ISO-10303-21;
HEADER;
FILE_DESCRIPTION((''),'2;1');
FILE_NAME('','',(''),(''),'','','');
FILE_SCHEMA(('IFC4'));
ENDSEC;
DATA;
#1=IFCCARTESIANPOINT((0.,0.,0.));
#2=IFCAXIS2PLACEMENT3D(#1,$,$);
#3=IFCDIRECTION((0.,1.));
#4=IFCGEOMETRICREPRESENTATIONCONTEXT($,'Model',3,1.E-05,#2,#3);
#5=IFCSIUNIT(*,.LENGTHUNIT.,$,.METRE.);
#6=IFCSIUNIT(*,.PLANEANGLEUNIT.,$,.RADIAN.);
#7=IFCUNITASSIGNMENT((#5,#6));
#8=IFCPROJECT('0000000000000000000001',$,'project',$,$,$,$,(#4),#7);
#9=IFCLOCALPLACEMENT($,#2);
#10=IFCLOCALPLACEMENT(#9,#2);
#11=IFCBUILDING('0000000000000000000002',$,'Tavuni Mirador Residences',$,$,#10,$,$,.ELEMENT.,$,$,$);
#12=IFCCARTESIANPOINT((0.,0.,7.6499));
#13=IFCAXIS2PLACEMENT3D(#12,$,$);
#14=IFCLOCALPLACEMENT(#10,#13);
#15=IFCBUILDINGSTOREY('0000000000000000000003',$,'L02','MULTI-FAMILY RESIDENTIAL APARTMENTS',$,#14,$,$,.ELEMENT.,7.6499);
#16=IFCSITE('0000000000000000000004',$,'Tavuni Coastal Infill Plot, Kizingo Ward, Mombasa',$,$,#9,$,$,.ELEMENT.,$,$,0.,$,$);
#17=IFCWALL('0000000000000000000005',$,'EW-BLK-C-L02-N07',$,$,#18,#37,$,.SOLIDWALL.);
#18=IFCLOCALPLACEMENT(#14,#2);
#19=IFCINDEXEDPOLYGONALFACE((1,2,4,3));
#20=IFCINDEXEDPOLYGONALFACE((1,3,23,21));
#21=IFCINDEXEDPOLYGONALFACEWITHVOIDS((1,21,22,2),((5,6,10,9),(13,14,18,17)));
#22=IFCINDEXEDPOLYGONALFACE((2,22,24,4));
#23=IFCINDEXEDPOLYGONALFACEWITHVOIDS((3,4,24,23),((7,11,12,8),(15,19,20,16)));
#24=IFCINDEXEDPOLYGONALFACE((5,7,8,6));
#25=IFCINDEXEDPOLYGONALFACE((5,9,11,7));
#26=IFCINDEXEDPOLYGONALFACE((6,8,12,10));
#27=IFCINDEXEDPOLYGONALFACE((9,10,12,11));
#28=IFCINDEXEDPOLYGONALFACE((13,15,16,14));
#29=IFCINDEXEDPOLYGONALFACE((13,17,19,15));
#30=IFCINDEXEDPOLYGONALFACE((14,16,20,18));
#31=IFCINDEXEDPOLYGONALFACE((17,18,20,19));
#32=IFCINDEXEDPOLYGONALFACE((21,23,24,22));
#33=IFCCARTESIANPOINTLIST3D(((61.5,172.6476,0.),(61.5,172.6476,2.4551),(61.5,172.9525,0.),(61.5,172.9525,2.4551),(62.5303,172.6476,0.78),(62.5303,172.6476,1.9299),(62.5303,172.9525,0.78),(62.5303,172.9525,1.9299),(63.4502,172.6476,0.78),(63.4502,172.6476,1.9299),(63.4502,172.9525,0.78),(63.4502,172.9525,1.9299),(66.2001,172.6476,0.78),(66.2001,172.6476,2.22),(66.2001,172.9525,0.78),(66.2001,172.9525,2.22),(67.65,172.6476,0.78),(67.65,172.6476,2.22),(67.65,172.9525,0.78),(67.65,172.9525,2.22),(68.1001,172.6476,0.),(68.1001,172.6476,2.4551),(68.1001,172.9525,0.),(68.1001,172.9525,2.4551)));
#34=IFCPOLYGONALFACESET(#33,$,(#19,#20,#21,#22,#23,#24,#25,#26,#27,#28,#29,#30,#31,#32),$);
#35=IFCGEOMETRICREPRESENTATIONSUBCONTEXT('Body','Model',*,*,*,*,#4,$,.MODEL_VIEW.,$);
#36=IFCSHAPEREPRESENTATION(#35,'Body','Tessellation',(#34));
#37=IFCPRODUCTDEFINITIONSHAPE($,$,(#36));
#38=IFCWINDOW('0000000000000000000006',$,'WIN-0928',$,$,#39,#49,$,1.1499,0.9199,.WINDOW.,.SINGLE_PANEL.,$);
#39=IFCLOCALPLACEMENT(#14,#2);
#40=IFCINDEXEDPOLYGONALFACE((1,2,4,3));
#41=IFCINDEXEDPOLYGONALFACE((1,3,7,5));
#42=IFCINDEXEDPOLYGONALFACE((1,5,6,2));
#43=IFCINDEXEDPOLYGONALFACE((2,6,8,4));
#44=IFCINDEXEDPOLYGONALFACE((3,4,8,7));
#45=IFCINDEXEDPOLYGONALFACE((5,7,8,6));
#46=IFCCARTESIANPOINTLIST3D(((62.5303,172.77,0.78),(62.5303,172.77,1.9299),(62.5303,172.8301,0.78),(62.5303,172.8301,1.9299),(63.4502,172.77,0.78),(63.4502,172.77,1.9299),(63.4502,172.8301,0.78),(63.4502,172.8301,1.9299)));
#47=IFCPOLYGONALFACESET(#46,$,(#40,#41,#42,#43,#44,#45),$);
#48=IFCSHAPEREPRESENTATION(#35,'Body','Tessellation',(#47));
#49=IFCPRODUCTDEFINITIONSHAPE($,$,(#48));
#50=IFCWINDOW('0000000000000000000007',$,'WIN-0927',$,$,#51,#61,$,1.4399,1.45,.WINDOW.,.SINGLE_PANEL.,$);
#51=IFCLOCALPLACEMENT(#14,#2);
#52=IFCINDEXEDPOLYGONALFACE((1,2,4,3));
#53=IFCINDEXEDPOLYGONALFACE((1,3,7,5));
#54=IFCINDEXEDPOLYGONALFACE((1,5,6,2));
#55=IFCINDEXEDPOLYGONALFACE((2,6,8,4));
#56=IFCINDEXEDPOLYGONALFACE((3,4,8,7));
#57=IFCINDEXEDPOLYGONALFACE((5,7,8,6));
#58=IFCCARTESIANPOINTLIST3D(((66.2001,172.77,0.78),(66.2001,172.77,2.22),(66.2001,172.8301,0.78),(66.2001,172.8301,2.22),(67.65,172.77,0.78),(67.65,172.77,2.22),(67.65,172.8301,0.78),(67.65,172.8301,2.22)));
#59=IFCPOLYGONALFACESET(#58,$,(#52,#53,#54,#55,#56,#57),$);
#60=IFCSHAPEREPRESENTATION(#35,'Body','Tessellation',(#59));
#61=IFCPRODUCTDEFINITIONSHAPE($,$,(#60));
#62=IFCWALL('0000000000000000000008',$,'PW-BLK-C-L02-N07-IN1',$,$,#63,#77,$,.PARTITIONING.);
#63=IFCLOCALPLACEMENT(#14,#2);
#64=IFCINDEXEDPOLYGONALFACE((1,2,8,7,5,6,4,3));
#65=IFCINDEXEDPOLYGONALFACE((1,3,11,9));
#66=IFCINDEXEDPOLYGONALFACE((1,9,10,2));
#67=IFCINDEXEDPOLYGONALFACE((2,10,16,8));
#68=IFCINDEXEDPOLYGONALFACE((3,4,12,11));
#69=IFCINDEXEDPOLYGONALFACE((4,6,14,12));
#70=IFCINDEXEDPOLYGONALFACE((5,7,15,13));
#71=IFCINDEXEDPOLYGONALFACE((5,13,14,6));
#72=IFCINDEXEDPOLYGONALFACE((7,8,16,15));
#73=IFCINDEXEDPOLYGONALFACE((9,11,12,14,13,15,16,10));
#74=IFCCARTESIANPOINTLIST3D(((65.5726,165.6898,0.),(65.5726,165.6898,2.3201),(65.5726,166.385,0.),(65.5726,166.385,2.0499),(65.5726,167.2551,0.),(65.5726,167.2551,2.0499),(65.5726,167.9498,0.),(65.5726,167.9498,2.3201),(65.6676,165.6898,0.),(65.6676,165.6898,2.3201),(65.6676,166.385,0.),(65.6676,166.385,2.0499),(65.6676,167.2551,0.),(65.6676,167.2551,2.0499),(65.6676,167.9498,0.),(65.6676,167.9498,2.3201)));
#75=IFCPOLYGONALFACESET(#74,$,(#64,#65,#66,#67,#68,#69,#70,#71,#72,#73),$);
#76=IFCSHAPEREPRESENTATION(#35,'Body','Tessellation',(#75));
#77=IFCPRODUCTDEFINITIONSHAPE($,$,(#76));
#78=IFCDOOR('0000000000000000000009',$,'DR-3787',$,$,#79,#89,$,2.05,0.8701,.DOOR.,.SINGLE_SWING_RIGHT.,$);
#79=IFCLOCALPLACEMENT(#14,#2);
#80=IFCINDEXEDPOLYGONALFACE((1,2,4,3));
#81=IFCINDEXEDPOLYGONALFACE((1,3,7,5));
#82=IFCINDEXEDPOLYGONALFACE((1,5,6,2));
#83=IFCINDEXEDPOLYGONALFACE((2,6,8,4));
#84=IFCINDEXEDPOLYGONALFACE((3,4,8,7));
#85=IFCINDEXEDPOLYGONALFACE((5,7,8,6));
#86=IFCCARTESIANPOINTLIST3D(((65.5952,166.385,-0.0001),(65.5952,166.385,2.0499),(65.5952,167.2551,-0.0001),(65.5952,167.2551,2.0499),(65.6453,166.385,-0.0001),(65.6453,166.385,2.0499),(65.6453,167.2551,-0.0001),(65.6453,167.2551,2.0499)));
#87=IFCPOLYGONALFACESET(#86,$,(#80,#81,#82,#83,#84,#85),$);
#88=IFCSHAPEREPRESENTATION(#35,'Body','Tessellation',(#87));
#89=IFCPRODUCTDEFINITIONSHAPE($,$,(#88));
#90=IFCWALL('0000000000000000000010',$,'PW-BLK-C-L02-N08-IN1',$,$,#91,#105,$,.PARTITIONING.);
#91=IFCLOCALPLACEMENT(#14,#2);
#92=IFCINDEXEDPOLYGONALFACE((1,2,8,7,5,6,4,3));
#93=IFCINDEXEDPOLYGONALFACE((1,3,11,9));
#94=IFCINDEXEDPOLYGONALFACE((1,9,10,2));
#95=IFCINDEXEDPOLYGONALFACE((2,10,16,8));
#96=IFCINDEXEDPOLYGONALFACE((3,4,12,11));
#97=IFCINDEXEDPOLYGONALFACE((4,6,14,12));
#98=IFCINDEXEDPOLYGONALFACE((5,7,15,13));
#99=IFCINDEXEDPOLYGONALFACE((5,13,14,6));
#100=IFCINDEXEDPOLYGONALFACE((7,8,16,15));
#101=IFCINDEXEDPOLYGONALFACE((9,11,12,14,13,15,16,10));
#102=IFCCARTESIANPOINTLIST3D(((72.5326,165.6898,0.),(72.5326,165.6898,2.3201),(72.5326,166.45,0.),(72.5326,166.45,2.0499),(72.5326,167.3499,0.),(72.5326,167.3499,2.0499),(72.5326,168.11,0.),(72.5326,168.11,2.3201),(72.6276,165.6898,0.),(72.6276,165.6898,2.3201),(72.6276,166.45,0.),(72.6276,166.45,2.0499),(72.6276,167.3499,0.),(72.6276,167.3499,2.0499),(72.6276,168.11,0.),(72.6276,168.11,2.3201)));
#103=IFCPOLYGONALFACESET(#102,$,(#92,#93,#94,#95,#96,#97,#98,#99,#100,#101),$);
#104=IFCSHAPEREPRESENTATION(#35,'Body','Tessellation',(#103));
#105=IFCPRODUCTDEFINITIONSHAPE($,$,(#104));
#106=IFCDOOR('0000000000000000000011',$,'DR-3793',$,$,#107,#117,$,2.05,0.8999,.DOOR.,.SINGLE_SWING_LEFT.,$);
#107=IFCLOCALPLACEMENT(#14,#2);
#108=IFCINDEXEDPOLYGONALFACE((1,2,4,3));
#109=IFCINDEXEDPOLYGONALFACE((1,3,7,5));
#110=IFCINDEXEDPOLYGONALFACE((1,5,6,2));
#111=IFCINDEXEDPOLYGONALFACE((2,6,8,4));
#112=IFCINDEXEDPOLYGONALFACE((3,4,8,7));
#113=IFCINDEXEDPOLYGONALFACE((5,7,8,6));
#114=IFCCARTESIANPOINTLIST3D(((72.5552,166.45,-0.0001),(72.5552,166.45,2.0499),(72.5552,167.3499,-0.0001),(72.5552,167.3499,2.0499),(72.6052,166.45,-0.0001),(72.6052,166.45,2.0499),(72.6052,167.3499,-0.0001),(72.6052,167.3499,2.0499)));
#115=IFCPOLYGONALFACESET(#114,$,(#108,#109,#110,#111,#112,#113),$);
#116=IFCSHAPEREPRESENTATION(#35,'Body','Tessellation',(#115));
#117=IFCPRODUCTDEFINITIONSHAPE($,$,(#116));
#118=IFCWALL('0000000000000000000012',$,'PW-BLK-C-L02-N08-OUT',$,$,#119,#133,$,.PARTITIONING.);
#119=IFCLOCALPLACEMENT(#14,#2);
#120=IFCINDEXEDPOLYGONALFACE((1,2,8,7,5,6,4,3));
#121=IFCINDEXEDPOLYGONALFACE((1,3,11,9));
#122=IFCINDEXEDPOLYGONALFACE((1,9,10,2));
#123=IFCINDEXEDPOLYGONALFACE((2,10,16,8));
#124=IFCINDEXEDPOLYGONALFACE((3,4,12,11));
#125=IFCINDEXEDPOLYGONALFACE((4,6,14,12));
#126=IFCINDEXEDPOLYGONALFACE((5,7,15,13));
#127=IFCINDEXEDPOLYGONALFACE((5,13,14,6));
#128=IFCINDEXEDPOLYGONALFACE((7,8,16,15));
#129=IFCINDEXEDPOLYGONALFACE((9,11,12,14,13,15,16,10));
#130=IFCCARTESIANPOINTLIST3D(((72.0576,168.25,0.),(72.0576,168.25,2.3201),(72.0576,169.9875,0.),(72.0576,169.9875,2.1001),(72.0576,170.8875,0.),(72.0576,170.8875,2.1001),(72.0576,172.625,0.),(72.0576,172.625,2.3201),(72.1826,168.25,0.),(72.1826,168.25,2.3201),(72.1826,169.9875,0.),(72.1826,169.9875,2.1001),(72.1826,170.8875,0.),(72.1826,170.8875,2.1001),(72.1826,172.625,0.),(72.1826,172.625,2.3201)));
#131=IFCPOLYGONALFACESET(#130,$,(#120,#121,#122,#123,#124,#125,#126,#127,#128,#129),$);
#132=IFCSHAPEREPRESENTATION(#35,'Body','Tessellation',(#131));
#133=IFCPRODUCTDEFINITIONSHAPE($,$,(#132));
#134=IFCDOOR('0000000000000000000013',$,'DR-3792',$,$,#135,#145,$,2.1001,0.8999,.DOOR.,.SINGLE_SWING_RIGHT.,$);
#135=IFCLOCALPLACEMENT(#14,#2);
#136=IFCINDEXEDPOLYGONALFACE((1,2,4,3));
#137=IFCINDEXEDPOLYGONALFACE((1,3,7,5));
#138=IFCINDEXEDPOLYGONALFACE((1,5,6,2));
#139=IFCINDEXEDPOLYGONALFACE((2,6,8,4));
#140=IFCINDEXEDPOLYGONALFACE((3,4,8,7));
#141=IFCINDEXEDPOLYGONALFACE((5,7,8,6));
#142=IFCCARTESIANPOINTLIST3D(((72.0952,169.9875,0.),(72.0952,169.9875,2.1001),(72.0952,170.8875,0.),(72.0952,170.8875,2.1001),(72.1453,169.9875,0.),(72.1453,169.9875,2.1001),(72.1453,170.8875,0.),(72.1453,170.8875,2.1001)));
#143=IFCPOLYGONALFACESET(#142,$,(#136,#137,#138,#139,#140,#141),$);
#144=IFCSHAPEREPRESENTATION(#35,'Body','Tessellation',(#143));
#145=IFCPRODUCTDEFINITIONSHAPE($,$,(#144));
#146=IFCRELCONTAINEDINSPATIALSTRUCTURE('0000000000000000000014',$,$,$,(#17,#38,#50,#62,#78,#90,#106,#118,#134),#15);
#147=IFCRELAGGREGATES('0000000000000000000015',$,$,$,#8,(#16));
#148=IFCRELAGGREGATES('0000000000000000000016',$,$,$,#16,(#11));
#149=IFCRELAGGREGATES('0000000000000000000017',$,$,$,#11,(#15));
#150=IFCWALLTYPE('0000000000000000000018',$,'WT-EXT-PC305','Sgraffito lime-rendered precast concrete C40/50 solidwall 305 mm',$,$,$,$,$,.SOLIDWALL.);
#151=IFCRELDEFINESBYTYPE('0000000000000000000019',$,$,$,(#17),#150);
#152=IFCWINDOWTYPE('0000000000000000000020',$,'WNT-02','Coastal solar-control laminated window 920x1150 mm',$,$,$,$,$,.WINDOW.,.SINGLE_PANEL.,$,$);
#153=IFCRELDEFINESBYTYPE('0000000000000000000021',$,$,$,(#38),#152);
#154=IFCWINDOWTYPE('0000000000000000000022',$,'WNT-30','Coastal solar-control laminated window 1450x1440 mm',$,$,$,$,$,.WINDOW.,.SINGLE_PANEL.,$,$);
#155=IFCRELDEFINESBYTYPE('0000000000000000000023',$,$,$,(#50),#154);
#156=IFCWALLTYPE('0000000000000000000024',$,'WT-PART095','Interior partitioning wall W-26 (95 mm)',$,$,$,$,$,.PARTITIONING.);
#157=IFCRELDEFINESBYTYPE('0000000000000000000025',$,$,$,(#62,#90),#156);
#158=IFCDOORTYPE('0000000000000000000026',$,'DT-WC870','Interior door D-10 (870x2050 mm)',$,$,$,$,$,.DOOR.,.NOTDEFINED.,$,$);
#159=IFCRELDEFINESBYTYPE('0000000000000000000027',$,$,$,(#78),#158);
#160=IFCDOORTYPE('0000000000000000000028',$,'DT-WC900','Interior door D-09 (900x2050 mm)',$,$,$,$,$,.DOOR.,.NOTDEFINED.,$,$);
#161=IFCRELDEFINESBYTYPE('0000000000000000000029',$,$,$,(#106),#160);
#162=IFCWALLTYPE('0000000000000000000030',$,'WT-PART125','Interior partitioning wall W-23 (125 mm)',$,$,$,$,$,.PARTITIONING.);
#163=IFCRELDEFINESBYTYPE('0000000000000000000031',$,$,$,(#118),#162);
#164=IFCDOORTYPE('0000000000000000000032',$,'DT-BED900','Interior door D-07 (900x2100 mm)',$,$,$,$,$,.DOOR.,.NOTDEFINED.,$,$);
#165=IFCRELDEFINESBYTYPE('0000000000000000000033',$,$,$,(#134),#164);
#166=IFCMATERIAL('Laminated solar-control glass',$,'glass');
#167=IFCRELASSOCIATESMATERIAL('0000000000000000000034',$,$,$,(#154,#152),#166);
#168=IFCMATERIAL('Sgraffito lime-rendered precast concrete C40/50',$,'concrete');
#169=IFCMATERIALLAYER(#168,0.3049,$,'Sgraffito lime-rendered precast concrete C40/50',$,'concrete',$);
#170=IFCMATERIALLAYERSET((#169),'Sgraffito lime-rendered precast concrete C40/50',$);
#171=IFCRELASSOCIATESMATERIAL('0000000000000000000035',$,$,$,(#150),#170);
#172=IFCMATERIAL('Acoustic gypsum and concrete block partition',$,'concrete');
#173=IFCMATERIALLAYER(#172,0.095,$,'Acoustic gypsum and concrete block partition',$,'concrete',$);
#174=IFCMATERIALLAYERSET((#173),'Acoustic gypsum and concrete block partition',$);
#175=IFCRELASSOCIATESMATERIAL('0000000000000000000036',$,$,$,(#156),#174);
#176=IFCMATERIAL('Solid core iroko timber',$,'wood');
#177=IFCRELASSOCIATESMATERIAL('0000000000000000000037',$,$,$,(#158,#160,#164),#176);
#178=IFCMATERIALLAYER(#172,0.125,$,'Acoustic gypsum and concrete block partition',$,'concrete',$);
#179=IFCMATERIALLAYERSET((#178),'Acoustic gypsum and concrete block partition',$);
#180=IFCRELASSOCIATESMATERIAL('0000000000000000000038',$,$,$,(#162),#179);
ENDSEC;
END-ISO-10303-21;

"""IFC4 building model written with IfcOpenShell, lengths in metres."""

from ifc_helpers import new_model, si_unit, direction, frame, frame_2d, origin, place, context, subcontext, project, spatial, rectangle, extrude, material, layer, layer_set, type_object, element, fill, save


model = new_model("IFC4")

# Units and contexts
model_context = context("Model", 3, precision=1e-05, world=origin(), true_north=direction((0.0, 1.0)))
body_context = subcontext(model_context, "Body", "Model", "MODEL_VIEW")
ifc_project = project(units=[si_unit("LENGTHUNIT", "METRE"), si_unit("PLANEANGLEUNIT", "RADIAN")], contexts=[model_context])

# Site, building, storey
site_placement = place(None, origin())
site = spatial("IfcSite", under=ifc_project, at=site_placement, Name="Tavuni Coastal Infill Plot, Kizingo Ward, Mombasa", CompositionType="ELEMENT", RefElevation=0.0)
building_placement = place(site_placement, origin())
building = spatial("IfcBuilding", under=site, at=building_placement, Name="Tavuni Mirador Residences", CompositionType="ELEMENT")
storey_placement = place(building_placement, frame((0.0, 0.0, 7.6499)))
storey = spatial("IfcBuildingStorey", under=building, at=storey_placement, Name="L02", Description="MULTI-FAMILY RESIDENTIAL APARTMENTS", CompositionType="ELEMENT", Elevation=7.6499)

# Shared definitions
ifc_material_1 = material(Name="Solid core iroko timber", Category="wood")

# Wall, openings, windows
ifc_material_2 = material(Name="Sgraffito lime-rendered precast concrete C40/50", Category="concrete")
ifc_material_3 = material(Name="Laminated solar-control glass", Category="glass")
window_type_1 = type_object("IfcWindowType", Name="WNT-30", Description="Coastal solar-control laminated window 1450x1440 mm", PartitioningType="SINGLE_PANEL", PredefinedType="WINDOW", material=ifc_material_3)
ifc_layer_1 = layer(ifc_material_2, 0.3049, Name="Sgraffito lime-rendered precast concrete C40/50", Category="concrete")
ifc_layer_set_1 = layer_set([ifc_layer_1], Name="Sgraffito lime-rendered precast concrete C40/50")
wall_type_1 = type_object("IfcWallType", Name="WT-EXT-PC305", Description="Sgraffito lime-rendered precast concrete C40/50 solidwall 305 mm", PredefinedType="SOLIDWALL", material=ifc_layer_set_1)
wall_1_placement = place(storey_placement, frame((68.1001, 172.8, 0.0), z_axis=(0.0, 0.0, 1.0), x_axis=(-1.0, 0.0, 0.0)))
wall_1 = element("IfcWall", 1, at=wall_1_placement, inside=storey, type_object=wall_type_1, Name="EW-BLK-C-L02-N07", PredefinedType="SOLIDWALL", context=body_context, shape_type="SweptSolid", body=[
    extrude(rectangle(XDim=6.6001, YDim=0.3049, at=frame_2d((3.3, 0.0))), origin(), (0.0, 0.0, 1.0), 2.4551),
])
opening_1_placement = place(wall_1_placement, frame((0.45, 0.0, 0.78)))
opening_1 = element("IfcOpeningElement", 2, at=opening_1_placement, cuts=wall_1, PredefinedType="OPENING", context=body_context, shape_type="SweptSolid", body=[
    extrude(rectangle(XDim=1.45, YDim=1.4399, at=frame_2d((0.7251, 0.72))), frame((0.0, 0.1626, 0.0), z_axis=(0.0, -1.0, 0.0), x_axis=(1.0, 0.0, 0.0)), (0.0, 0.0, 1.0), 0.325),
])
opening_2_placement = place(wall_1_placement, frame((4.6499, 0.0, 0.78)))
opening_2 = element("IfcOpeningElement", 3, at=opening_2_placement, cuts=wall_1, PredefinedType="OPENING", context=body_context, shape_type="SweptSolid", body=[
    extrude(rectangle(XDim=0.9199, YDim=1.1499, at=frame_2d((0.46, 0.575))), frame((0.0, 0.1626, 0.0), z_axis=(0.0, -1.0, 0.0), x_axis=(1.0, 0.0, 0.0)), (0.0, 0.0, 1.0), 0.325),
])
window_type_2 = type_object("IfcWindowType", Name="WNT-02", Description="Coastal solar-control laminated window 920x1150 mm", PartitioningType="SINGLE_PANEL", PredefinedType="WINDOW", material=ifc_material_3)
window_1_placement = place(opening_2_placement, origin())
window_1 = element("IfcWindow", 4, at=window_1_placement, inside=storey, type_object=window_type_2, Name="WIN-0928", OverallHeight=1.1499, OverallWidth=0.9199, PartitioningType="SINGLE_PANEL", PredefinedType="WINDOW", context=body_context, shape_type="SweptSolid", body=[
    extrude(rectangle(XDim=0.9199, YDim=1.1499, at=frame_2d((0.46, 0.575))), frame((0.0, 0.03, 0.0), z_axis=(0.0, -1.0, 0.0), x_axis=(1.0, 0.0, 0.0)), (0.0, 0.0, 1.0), 0.0601),
])
fill(opening_2, window_1)
window_2_placement = place(opening_1_placement, origin())
window_2 = element("IfcWindow", 5, at=window_2_placement, inside=storey, type_object=window_type_1, Name="WIN-0927", OverallHeight=1.4399, OverallWidth=1.45, PartitioningType="SINGLE_PANEL", PredefinedType="WINDOW", context=body_context, shape_type="SweptSolid", body=[
    extrude(rectangle(XDim=1.45, YDim=1.4399, at=frame_2d((0.7251, 0.72))), frame((0.0, 0.03, 0.0), z_axis=(0.0, -1.0, 0.0), x_axis=(1.0, 0.0, 0.0)), (0.0, 0.0, 1.0), 0.0601),
])
fill(opening_1, window_2)

# Walls, openings, doors
ifc_material_4 = material(Name="Acoustic gypsum and concrete block partition", Category="concrete")
ifc_layer_2 = layer(ifc_material_4, 0.095, Name="Acoustic gypsum and concrete block partition", Category="concrete")
ifc_layer_set_2 = layer_set([ifc_layer_2], Name="Acoustic gypsum and concrete block partition")
wall_type_2 = type_object("IfcWallType", Name="WT-PART095", Description="Interior partitioning wall W-26 (95 mm)", PredefinedType="PARTITIONING", material=ifc_layer_set_2)
wall_2_placement = place(storey_placement, frame((65.6201, 165.6899, 0.0), z_axis=(0.0, 0.0, 1.0), x_axis=(0.0, 1.0, 0.0)))
wall_2 = element("IfcWall", 6, at=wall_2_placement, inside=storey, type_object=wall_type_2, Name="PW-BLK-C-L02-N07-IN1", PredefinedType="PARTITIONING", context=body_context, shape_type="SweptSolid", body=[
    extrude(rectangle(XDim=2.26, YDim=0.095, at=frame_2d((1.1299, 0.0))), origin(), (0.0, 0.0, 1.0), 2.3201),
])
opening_3_placement = place(wall_2_placement, frame((0.6951, 0.0, 0.0)))
opening_3 = element("IfcOpeningElement", 7, at=opening_3_placement, cuts=wall_2, PredefinedType="OPENING", context=body_context, shape_type="SweptSolid", body=[
    extrude(rectangle(XDim=0.8701, YDim=2.05, at=frame_2d((0.4351, 1.0249))), frame((0.0, 0.0576, 0.0), z_axis=(0.0, -1.0, 0.0), x_axis=(1.0, 0.0, 0.0)), (0.0, 0.0, 1.0), 0.115),
])
door_type_1 = type_object("IfcDoorType", Name="DT-WC870", Description="Interior door D-10 (870x2050 mm)", OperationType="NOTDEFINED", PredefinedType="DOOR", material=ifc_material_1)
door_1_placement = place(opening_3_placement, origin())
door_1 = element("IfcDoor", 8, at=door_1_placement, inside=storey, type_object=door_type_1, Name="DR-3787", OperationType="SINGLE_SWING_RIGHT", OverallHeight=2.05, OverallWidth=0.8701, PredefinedType="DOOR", context=body_context, shape_type="SweptSolid", body=[
    extrude(rectangle(XDim=0.8701, YDim=2.05, at=frame_2d((0.4351, 1.0249))), frame((0.0, 0.0249, 0.0), z_axis=(0.0, -1.0, 0.0), x_axis=(1.0, 0.0, 0.0)), (0.0, 0.0, 1.0), 0.05),
])
fill(opening_3, door_1)
wall_3_placement = place(storey_placement, frame((72.5801, 165.6899, 0.0), z_axis=(0.0, 0.0, 1.0), x_axis=(0.0, 1.0, 0.0)))
wall_3 = element("IfcWall", 9, at=wall_3_placement, inside=storey, type_object=wall_type_2, Name="PW-BLK-C-L02-N08-IN1", PredefinedType="PARTITIONING", context=body_context, shape_type="SweptSolid", body=[
    extrude(rectangle(XDim=2.4202, YDim=0.095, at=frame_2d((1.21, 0.0))), origin(), (0.0, 0.0, 1.0), 2.3201),
])
opening_4_placement = place(wall_3_placement, frame((0.76, 0.0, 0.0)))
opening_4 = element("IfcOpeningElement", 10, at=opening_4_placement, cuts=wall_3, PredefinedType="OPENING", context=body_context, shape_type="SweptSolid", body=[
    extrude(rectangle(XDim=0.8999, YDim=2.05, at=frame_2d((0.45, 1.0249))), frame((0.0, 0.0576, 0.0), z_axis=(0.0, -1.0, 0.0), x_axis=(1.0, 0.0, 0.0)), (0.0, 0.0, 1.0), 0.115),
])
door_type_2 = type_object("IfcDoorType", Name="DT-WC900", Description="Interior door D-09 (900x2050 mm)", OperationType="NOTDEFINED", PredefinedType="DOOR", material=ifc_material_1)
door_2_placement = place(opening_4_placement, origin())
door_2 = element("IfcDoor", 11, at=door_2_placement, inside=storey, type_object=door_type_2, Name="DR-3793", OperationType="SINGLE_SWING_LEFT", OverallHeight=2.05, OverallWidth=0.8999, PredefinedType="DOOR", context=body_context, shape_type="SweptSolid", body=[
    extrude(rectangle(XDim=0.8999, YDim=2.05, at=frame_2d((0.45, 1.0249))), frame((0.0, 0.0249, 0.0), z_axis=(0.0, -1.0, 0.0), x_axis=(1.0, 0.0, 0.0)), (0.0, 0.0, 1.0), 0.05),
])
fill(opening_4, door_2)
ifc_layer_3 = layer(ifc_material_4, 0.125, Name="Acoustic gypsum and concrete block partition", Category="concrete")
ifc_layer_set_3 = layer_set([ifc_layer_3], Name="Acoustic gypsum and concrete block partition")
wall_type_3 = type_object("IfcWallType", Name="WT-PART125", Description="Interior partitioning wall W-23 (125 mm)", PredefinedType="PARTITIONING", material=ifc_layer_set_3)
wall_4_placement = place(storey_placement, frame((72.1201, 168.25, 0.0), z_axis=(0.0, 0.0, 1.0), x_axis=(0.0, 1.0, 0.0)))
wall_4 = element("IfcWall", 12, at=wall_4_placement, inside=storey, type_object=wall_type_3, Name="PW-BLK-C-L02-N08-OUT", PredefinedType="PARTITIONING", context=body_context, shape_type="SweptSolid", body=[
    extrude(rectangle(XDim=4.375, YDim=0.125, at=frame_2d((2.1875, 0.0))), origin(), (0.0, 0.0, 1.0), 2.3201),
])
opening_5_placement = place(wall_4_placement, frame((1.7375, 0.0, 0.0)))
opening_5 = element("IfcOpeningElement", 13, at=opening_5_placement, cuts=wall_4, PredefinedType="OPENING", context=body_context, shape_type="SweptSolid", body=[
    extrude(rectangle(XDim=0.8999, YDim=2.1001, at=frame_2d((0.45, 1.05))), frame((0.0, 0.0725, 0.0), z_axis=(0.0, -1.0, 0.0), x_axis=(1.0, 0.0, 0.0)), (0.0, 0.0, 1.0), 0.145),
])
door_type_3 = type_object("IfcDoorType", Name="DT-BED900", Description="Interior door D-07 (900x2100 mm)", OperationType="NOTDEFINED", PredefinedType="DOOR", material=ifc_material_1)
door_3_placement = place(opening_5_placement, origin())
door_3 = element("IfcDoor", 14, at=door_3_placement, inside=storey, type_object=door_type_3, Name="DR-3792", OperationType="SINGLE_SWING_RIGHT", OverallHeight=2.1001, OverallWidth=0.8999, PredefinedType="DOOR", context=body_context, shape_type="SweptSolid", body=[
    extrude(rectangle(XDim=0.8999, YDim=2.1001, at=frame_2d((0.45, 1.05))), frame((0.0, 0.0249, 0.0), z_axis=(0.0, -1.0, 0.0), x_axis=(1.0, 0.0, 0.0)), (0.0, 0.0, 1.0), 0.05),
])
fill(opening_5, door_3)

save(model, "model.ifc")
